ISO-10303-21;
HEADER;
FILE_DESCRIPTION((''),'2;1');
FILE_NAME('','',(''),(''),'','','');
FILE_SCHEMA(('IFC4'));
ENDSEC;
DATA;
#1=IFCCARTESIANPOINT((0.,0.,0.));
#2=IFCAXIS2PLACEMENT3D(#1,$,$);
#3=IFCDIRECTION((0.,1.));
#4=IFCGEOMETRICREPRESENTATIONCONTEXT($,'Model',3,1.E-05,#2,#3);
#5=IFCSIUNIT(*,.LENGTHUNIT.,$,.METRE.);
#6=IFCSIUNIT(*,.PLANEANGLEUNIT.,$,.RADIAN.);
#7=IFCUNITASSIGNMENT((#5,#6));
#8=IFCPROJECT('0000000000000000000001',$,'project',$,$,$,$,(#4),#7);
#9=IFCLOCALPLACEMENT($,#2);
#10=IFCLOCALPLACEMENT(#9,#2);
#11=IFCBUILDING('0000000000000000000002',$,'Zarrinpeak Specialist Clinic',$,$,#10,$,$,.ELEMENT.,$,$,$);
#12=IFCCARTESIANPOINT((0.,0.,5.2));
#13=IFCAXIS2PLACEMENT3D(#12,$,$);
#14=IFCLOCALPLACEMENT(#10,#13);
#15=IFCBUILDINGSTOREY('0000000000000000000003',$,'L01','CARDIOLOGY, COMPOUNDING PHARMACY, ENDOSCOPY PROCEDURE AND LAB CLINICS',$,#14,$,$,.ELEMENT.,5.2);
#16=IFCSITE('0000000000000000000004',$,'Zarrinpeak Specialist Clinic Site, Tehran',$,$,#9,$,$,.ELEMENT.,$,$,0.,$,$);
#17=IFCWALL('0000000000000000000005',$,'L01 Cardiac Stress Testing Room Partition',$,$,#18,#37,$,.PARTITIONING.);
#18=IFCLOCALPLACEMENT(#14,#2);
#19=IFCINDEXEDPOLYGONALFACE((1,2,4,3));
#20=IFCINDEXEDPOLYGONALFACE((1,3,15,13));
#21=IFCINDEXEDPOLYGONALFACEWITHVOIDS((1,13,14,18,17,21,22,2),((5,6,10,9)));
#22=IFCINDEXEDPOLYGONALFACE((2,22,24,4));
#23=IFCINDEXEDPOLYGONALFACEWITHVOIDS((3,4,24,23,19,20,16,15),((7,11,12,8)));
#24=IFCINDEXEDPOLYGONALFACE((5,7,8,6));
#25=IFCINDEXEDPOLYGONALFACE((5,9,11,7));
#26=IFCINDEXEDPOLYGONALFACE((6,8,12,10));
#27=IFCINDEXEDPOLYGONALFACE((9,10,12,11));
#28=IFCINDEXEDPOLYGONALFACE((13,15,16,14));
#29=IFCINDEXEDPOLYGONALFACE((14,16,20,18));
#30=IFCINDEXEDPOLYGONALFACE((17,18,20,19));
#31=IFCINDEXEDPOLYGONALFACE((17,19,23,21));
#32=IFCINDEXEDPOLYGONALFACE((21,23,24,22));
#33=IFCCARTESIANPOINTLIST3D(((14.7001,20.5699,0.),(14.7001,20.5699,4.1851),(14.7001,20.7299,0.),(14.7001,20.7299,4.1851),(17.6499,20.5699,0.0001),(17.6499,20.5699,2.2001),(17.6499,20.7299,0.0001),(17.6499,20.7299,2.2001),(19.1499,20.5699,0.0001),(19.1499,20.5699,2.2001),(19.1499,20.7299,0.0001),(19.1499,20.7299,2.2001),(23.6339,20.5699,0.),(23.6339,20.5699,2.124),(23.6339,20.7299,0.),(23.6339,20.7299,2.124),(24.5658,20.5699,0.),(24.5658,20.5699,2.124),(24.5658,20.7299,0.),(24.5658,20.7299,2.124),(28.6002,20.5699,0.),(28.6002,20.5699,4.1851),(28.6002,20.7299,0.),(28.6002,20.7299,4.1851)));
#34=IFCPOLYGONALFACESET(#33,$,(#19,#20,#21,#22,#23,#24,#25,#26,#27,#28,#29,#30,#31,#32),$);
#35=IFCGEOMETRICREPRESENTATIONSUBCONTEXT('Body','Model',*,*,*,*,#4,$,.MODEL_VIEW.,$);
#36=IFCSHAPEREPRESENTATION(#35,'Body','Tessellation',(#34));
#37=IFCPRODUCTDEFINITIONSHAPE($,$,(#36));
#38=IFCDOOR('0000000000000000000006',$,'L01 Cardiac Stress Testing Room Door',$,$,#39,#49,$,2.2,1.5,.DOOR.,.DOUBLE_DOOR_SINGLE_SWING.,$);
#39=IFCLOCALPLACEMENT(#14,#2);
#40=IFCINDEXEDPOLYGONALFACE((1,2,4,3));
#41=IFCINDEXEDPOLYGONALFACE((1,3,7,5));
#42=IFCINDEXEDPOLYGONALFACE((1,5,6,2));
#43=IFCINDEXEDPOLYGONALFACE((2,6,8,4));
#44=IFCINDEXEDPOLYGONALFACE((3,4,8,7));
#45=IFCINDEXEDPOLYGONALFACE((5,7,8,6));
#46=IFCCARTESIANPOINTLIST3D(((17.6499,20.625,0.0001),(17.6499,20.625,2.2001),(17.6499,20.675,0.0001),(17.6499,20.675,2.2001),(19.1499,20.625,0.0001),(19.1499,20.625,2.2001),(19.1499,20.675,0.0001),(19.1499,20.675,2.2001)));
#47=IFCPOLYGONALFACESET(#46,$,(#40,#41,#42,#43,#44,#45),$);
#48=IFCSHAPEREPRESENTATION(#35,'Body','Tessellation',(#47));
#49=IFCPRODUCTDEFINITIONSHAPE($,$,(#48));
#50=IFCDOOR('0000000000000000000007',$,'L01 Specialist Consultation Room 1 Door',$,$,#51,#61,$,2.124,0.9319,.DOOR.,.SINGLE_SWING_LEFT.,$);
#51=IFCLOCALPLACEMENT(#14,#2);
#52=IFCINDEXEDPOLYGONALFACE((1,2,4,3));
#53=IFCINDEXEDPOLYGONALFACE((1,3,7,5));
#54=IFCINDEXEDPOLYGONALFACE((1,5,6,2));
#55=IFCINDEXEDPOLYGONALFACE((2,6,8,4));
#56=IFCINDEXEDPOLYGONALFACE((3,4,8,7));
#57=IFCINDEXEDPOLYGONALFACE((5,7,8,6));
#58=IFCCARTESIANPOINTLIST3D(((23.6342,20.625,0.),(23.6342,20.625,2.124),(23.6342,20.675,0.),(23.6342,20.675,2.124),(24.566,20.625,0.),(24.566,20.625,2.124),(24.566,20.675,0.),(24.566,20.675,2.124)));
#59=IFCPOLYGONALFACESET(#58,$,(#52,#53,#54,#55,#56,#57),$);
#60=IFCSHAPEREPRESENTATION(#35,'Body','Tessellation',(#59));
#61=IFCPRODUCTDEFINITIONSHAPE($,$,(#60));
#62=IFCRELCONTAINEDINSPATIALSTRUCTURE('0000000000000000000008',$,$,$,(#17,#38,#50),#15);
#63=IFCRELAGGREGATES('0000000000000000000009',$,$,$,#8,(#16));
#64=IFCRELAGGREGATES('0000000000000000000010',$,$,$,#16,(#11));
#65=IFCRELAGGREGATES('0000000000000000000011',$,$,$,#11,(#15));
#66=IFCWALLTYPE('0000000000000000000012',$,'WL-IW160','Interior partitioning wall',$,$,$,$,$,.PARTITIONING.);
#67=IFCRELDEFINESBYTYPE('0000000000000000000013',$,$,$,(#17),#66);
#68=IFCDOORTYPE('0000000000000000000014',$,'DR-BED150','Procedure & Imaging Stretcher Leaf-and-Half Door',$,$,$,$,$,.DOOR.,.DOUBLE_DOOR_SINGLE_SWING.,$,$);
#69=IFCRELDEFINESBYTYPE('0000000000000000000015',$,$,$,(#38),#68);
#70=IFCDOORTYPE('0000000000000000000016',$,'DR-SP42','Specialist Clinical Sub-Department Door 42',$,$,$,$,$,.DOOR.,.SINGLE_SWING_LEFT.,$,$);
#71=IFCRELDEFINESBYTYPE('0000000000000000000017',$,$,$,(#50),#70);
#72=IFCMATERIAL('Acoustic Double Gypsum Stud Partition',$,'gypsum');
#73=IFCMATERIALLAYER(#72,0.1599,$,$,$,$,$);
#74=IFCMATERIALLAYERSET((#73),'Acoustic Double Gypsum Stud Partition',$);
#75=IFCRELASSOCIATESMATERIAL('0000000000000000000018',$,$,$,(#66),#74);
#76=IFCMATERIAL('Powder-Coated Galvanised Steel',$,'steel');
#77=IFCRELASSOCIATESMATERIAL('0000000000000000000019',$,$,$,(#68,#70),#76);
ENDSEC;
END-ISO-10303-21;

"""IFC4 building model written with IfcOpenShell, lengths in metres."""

from ifc_helpers import new_model, si_unit, direction, frame, frame_2d, origin, place, context, subcontext, project, spatial, rectangle, extrude, material, layer, layer_set, type_object, element, fill, save


model = new_model("IFC4")

# Units and contexts
model_context = context("Model", 3, precision=1e-05, world=origin(), true_north=direction((0.0, 1.0)))
body_context = subcontext(model_context, "Body", "Model", "MODEL_VIEW")
ifc_project = project(units=[si_unit("LENGTHUNIT", "METRE"), si_unit("PLANEANGLEUNIT", "RADIAN")], contexts=[model_context])

# Site, building, storey
site_placement = place(None, origin())
site = spatial("IfcSite", under=ifc_project, at=site_placement, Name="Zarrinpeak Specialist Clinic Site, Tehran", CompositionType="ELEMENT", RefElevation=0.0)
building_placement = place(site_placement, origin())
building = spatial("IfcBuilding", under=site, at=building_placement, Name="Zarrinpeak Specialist Clinic", CompositionType="ELEMENT")
storey_placement = place(building_placement, frame((0.0, 0.0, 5.2)))
storey = spatial("IfcBuildingStorey", under=building, at=storey_placement, Name="L01", Description="CARDIOLOGY, COMPOUNDING PHARMACY, ENDOSCOPY PROCEDURE AND LAB CLINICS", CompositionType="ELEMENT", Elevation=5.2)

# Wall, openings, doors
ifc_material_1 = material(Name="Acoustic Double Gypsum Stud Partition", Category="gypsum")
ifc_layer_1 = layer(ifc_material_1, 0.1599)
ifc_layer_set_1 = layer_set([ifc_layer_1], Name="Acoustic Double Gypsum Stud Partition")
wall_type_1 = type_object("IfcWallType", Name="WL-IW160", Description="Interior partitioning wall", PredefinedType="PARTITIONING", material=ifc_layer_set_1)
wall_1_placement = place(storey_placement, frame((14.7, 20.6499, 0.0), z_axis=(0.0, 0.0, 1.0), x_axis=(1.0, 0.0, 0.0)))
wall_1 = element("IfcWall", 1, at=wall_1_placement, inside=storey, type_object=wall_type_1, Name="L01 Cardiac Stress Testing Room Partition", PredefinedType="PARTITIONING", context=body_context, shape_type="SweptSolid", body=[
    extrude(rectangle(XDim=13.9001, YDim=0.1599, at=frame_2d((6.9502, 0.0))), origin(), (0.0, 0.0, 1.0), 4.1851),
])
opening_1_placement = place(wall_1_placement, frame((2.95, 0.0, 0.0)))
opening_1 = element("IfcOpeningElement", 2, at=opening_1_placement, cuts=wall_1, PredefinedType="OPENING", context=body_context, shape_type="SweptSolid", body=[
    extrude(rectangle(XDim=1.5, YDim=2.2, at=frame_2d((0.75, 1.1001))), frame((0.0, 0.0898, 0.0), z_axis=(0.0, -1.0, 0.0), x_axis=(1.0, 0.0, 0.0)), (0.0, 0.0, 1.0), 0.1799),
])
opening_2_placement = place(wall_1_placement, frame((8.9341, 0.0, 0.0)))
opening_2 = element("IfcOpeningElement", 3, at=opening_2_placement, cuts=wall_1, PredefinedType="OPENING", context=body_context, shape_type="SweptSolid", body=[
    extrude(rectangle(XDim=0.9319, YDim=2.124, at=frame_2d((0.4658, 1.062))), frame((0.0, 0.0898, 0.0), z_axis=(0.0, -1.0, 0.0), x_axis=(1.0, 0.0, 0.0)), (0.0, 0.0, 1.0), 0.1799),
])
ifc_material_2 = material(Name="Powder-Coated Galvanised Steel", Category="steel")
door_type_1 = type_object("IfcDoorType", Name="DR-BED150", Description="Procedure & Imaging Stretcher Leaf-and-Half Door", OperationType="DOUBLE_DOOR_SINGLE_SWING", PredefinedType="DOOR", material=ifc_material_2)
door_1_placement = place(opening_1_placement, frame((1.5, 0.0, 0.0), z_axis=(0.0, 0.0, 1.0), x_axis=(-1.0, 0.0, 0.0)))
door_1 = element("IfcDoor", 4, at=door_1_placement, inside=storey, type_object=door_type_1, Name="L01 Cardiac Stress Testing Room Door", OperationType="DOUBLE_DOOR_SINGLE_SWING", OverallHeight=2.2, OverallWidth=1.5, PredefinedType="DOOR", context=body_context, shape_type="SweptSolid", body=[
    extrude(rectangle(XDim=1.5, YDim=2.2, at=frame_2d((0.75, 1.1001))), frame((0.0, 0.0249, 0.0), z_axis=(0.0, -1.0, 0.0), x_axis=(1.0, 0.0, 0.0)), (0.0, 0.0, 1.0), 0.05),
])
fill(opening_1, door_1)
door_type_2 = type_object("IfcDoorType", Name="DR-SP42", Description="Specialist Clinical Sub-Department Door 42", OperationType="SINGLE_SWING_LEFT", PredefinedType="DOOR", material=ifc_material_2)
door_2_placement = place(opening_2_placement, frame((0.9319, 0.0, 0.0), z_axis=(0.0, 0.0, 1.0), x_axis=(-1.0, 0.0, 0.0)))
door_2 = element("IfcDoor", 5, at=door_2_placement, inside=storey, type_object=door_type_2, Name="L01 Specialist Consultation Room 1 Door", OperationType="SINGLE_SWING_LEFT", OverallHeight=2.124, OverallWidth=0.9319, PredefinedType="DOOR", context=body_context, shape_type="SweptSolid", body=[
    extrude(rectangle(XDim=0.9319, YDim=2.124, at=frame_2d((0.4658, 1.062))), frame((0.0, 0.0249, 0.0), z_axis=(0.0, -1.0, 0.0), x_axis=(1.0, 0.0, 0.0)), (0.0, 0.0, 1.0), 0.05),
])
fill(opening_2, door_2)

save(model, "model.ifc")
